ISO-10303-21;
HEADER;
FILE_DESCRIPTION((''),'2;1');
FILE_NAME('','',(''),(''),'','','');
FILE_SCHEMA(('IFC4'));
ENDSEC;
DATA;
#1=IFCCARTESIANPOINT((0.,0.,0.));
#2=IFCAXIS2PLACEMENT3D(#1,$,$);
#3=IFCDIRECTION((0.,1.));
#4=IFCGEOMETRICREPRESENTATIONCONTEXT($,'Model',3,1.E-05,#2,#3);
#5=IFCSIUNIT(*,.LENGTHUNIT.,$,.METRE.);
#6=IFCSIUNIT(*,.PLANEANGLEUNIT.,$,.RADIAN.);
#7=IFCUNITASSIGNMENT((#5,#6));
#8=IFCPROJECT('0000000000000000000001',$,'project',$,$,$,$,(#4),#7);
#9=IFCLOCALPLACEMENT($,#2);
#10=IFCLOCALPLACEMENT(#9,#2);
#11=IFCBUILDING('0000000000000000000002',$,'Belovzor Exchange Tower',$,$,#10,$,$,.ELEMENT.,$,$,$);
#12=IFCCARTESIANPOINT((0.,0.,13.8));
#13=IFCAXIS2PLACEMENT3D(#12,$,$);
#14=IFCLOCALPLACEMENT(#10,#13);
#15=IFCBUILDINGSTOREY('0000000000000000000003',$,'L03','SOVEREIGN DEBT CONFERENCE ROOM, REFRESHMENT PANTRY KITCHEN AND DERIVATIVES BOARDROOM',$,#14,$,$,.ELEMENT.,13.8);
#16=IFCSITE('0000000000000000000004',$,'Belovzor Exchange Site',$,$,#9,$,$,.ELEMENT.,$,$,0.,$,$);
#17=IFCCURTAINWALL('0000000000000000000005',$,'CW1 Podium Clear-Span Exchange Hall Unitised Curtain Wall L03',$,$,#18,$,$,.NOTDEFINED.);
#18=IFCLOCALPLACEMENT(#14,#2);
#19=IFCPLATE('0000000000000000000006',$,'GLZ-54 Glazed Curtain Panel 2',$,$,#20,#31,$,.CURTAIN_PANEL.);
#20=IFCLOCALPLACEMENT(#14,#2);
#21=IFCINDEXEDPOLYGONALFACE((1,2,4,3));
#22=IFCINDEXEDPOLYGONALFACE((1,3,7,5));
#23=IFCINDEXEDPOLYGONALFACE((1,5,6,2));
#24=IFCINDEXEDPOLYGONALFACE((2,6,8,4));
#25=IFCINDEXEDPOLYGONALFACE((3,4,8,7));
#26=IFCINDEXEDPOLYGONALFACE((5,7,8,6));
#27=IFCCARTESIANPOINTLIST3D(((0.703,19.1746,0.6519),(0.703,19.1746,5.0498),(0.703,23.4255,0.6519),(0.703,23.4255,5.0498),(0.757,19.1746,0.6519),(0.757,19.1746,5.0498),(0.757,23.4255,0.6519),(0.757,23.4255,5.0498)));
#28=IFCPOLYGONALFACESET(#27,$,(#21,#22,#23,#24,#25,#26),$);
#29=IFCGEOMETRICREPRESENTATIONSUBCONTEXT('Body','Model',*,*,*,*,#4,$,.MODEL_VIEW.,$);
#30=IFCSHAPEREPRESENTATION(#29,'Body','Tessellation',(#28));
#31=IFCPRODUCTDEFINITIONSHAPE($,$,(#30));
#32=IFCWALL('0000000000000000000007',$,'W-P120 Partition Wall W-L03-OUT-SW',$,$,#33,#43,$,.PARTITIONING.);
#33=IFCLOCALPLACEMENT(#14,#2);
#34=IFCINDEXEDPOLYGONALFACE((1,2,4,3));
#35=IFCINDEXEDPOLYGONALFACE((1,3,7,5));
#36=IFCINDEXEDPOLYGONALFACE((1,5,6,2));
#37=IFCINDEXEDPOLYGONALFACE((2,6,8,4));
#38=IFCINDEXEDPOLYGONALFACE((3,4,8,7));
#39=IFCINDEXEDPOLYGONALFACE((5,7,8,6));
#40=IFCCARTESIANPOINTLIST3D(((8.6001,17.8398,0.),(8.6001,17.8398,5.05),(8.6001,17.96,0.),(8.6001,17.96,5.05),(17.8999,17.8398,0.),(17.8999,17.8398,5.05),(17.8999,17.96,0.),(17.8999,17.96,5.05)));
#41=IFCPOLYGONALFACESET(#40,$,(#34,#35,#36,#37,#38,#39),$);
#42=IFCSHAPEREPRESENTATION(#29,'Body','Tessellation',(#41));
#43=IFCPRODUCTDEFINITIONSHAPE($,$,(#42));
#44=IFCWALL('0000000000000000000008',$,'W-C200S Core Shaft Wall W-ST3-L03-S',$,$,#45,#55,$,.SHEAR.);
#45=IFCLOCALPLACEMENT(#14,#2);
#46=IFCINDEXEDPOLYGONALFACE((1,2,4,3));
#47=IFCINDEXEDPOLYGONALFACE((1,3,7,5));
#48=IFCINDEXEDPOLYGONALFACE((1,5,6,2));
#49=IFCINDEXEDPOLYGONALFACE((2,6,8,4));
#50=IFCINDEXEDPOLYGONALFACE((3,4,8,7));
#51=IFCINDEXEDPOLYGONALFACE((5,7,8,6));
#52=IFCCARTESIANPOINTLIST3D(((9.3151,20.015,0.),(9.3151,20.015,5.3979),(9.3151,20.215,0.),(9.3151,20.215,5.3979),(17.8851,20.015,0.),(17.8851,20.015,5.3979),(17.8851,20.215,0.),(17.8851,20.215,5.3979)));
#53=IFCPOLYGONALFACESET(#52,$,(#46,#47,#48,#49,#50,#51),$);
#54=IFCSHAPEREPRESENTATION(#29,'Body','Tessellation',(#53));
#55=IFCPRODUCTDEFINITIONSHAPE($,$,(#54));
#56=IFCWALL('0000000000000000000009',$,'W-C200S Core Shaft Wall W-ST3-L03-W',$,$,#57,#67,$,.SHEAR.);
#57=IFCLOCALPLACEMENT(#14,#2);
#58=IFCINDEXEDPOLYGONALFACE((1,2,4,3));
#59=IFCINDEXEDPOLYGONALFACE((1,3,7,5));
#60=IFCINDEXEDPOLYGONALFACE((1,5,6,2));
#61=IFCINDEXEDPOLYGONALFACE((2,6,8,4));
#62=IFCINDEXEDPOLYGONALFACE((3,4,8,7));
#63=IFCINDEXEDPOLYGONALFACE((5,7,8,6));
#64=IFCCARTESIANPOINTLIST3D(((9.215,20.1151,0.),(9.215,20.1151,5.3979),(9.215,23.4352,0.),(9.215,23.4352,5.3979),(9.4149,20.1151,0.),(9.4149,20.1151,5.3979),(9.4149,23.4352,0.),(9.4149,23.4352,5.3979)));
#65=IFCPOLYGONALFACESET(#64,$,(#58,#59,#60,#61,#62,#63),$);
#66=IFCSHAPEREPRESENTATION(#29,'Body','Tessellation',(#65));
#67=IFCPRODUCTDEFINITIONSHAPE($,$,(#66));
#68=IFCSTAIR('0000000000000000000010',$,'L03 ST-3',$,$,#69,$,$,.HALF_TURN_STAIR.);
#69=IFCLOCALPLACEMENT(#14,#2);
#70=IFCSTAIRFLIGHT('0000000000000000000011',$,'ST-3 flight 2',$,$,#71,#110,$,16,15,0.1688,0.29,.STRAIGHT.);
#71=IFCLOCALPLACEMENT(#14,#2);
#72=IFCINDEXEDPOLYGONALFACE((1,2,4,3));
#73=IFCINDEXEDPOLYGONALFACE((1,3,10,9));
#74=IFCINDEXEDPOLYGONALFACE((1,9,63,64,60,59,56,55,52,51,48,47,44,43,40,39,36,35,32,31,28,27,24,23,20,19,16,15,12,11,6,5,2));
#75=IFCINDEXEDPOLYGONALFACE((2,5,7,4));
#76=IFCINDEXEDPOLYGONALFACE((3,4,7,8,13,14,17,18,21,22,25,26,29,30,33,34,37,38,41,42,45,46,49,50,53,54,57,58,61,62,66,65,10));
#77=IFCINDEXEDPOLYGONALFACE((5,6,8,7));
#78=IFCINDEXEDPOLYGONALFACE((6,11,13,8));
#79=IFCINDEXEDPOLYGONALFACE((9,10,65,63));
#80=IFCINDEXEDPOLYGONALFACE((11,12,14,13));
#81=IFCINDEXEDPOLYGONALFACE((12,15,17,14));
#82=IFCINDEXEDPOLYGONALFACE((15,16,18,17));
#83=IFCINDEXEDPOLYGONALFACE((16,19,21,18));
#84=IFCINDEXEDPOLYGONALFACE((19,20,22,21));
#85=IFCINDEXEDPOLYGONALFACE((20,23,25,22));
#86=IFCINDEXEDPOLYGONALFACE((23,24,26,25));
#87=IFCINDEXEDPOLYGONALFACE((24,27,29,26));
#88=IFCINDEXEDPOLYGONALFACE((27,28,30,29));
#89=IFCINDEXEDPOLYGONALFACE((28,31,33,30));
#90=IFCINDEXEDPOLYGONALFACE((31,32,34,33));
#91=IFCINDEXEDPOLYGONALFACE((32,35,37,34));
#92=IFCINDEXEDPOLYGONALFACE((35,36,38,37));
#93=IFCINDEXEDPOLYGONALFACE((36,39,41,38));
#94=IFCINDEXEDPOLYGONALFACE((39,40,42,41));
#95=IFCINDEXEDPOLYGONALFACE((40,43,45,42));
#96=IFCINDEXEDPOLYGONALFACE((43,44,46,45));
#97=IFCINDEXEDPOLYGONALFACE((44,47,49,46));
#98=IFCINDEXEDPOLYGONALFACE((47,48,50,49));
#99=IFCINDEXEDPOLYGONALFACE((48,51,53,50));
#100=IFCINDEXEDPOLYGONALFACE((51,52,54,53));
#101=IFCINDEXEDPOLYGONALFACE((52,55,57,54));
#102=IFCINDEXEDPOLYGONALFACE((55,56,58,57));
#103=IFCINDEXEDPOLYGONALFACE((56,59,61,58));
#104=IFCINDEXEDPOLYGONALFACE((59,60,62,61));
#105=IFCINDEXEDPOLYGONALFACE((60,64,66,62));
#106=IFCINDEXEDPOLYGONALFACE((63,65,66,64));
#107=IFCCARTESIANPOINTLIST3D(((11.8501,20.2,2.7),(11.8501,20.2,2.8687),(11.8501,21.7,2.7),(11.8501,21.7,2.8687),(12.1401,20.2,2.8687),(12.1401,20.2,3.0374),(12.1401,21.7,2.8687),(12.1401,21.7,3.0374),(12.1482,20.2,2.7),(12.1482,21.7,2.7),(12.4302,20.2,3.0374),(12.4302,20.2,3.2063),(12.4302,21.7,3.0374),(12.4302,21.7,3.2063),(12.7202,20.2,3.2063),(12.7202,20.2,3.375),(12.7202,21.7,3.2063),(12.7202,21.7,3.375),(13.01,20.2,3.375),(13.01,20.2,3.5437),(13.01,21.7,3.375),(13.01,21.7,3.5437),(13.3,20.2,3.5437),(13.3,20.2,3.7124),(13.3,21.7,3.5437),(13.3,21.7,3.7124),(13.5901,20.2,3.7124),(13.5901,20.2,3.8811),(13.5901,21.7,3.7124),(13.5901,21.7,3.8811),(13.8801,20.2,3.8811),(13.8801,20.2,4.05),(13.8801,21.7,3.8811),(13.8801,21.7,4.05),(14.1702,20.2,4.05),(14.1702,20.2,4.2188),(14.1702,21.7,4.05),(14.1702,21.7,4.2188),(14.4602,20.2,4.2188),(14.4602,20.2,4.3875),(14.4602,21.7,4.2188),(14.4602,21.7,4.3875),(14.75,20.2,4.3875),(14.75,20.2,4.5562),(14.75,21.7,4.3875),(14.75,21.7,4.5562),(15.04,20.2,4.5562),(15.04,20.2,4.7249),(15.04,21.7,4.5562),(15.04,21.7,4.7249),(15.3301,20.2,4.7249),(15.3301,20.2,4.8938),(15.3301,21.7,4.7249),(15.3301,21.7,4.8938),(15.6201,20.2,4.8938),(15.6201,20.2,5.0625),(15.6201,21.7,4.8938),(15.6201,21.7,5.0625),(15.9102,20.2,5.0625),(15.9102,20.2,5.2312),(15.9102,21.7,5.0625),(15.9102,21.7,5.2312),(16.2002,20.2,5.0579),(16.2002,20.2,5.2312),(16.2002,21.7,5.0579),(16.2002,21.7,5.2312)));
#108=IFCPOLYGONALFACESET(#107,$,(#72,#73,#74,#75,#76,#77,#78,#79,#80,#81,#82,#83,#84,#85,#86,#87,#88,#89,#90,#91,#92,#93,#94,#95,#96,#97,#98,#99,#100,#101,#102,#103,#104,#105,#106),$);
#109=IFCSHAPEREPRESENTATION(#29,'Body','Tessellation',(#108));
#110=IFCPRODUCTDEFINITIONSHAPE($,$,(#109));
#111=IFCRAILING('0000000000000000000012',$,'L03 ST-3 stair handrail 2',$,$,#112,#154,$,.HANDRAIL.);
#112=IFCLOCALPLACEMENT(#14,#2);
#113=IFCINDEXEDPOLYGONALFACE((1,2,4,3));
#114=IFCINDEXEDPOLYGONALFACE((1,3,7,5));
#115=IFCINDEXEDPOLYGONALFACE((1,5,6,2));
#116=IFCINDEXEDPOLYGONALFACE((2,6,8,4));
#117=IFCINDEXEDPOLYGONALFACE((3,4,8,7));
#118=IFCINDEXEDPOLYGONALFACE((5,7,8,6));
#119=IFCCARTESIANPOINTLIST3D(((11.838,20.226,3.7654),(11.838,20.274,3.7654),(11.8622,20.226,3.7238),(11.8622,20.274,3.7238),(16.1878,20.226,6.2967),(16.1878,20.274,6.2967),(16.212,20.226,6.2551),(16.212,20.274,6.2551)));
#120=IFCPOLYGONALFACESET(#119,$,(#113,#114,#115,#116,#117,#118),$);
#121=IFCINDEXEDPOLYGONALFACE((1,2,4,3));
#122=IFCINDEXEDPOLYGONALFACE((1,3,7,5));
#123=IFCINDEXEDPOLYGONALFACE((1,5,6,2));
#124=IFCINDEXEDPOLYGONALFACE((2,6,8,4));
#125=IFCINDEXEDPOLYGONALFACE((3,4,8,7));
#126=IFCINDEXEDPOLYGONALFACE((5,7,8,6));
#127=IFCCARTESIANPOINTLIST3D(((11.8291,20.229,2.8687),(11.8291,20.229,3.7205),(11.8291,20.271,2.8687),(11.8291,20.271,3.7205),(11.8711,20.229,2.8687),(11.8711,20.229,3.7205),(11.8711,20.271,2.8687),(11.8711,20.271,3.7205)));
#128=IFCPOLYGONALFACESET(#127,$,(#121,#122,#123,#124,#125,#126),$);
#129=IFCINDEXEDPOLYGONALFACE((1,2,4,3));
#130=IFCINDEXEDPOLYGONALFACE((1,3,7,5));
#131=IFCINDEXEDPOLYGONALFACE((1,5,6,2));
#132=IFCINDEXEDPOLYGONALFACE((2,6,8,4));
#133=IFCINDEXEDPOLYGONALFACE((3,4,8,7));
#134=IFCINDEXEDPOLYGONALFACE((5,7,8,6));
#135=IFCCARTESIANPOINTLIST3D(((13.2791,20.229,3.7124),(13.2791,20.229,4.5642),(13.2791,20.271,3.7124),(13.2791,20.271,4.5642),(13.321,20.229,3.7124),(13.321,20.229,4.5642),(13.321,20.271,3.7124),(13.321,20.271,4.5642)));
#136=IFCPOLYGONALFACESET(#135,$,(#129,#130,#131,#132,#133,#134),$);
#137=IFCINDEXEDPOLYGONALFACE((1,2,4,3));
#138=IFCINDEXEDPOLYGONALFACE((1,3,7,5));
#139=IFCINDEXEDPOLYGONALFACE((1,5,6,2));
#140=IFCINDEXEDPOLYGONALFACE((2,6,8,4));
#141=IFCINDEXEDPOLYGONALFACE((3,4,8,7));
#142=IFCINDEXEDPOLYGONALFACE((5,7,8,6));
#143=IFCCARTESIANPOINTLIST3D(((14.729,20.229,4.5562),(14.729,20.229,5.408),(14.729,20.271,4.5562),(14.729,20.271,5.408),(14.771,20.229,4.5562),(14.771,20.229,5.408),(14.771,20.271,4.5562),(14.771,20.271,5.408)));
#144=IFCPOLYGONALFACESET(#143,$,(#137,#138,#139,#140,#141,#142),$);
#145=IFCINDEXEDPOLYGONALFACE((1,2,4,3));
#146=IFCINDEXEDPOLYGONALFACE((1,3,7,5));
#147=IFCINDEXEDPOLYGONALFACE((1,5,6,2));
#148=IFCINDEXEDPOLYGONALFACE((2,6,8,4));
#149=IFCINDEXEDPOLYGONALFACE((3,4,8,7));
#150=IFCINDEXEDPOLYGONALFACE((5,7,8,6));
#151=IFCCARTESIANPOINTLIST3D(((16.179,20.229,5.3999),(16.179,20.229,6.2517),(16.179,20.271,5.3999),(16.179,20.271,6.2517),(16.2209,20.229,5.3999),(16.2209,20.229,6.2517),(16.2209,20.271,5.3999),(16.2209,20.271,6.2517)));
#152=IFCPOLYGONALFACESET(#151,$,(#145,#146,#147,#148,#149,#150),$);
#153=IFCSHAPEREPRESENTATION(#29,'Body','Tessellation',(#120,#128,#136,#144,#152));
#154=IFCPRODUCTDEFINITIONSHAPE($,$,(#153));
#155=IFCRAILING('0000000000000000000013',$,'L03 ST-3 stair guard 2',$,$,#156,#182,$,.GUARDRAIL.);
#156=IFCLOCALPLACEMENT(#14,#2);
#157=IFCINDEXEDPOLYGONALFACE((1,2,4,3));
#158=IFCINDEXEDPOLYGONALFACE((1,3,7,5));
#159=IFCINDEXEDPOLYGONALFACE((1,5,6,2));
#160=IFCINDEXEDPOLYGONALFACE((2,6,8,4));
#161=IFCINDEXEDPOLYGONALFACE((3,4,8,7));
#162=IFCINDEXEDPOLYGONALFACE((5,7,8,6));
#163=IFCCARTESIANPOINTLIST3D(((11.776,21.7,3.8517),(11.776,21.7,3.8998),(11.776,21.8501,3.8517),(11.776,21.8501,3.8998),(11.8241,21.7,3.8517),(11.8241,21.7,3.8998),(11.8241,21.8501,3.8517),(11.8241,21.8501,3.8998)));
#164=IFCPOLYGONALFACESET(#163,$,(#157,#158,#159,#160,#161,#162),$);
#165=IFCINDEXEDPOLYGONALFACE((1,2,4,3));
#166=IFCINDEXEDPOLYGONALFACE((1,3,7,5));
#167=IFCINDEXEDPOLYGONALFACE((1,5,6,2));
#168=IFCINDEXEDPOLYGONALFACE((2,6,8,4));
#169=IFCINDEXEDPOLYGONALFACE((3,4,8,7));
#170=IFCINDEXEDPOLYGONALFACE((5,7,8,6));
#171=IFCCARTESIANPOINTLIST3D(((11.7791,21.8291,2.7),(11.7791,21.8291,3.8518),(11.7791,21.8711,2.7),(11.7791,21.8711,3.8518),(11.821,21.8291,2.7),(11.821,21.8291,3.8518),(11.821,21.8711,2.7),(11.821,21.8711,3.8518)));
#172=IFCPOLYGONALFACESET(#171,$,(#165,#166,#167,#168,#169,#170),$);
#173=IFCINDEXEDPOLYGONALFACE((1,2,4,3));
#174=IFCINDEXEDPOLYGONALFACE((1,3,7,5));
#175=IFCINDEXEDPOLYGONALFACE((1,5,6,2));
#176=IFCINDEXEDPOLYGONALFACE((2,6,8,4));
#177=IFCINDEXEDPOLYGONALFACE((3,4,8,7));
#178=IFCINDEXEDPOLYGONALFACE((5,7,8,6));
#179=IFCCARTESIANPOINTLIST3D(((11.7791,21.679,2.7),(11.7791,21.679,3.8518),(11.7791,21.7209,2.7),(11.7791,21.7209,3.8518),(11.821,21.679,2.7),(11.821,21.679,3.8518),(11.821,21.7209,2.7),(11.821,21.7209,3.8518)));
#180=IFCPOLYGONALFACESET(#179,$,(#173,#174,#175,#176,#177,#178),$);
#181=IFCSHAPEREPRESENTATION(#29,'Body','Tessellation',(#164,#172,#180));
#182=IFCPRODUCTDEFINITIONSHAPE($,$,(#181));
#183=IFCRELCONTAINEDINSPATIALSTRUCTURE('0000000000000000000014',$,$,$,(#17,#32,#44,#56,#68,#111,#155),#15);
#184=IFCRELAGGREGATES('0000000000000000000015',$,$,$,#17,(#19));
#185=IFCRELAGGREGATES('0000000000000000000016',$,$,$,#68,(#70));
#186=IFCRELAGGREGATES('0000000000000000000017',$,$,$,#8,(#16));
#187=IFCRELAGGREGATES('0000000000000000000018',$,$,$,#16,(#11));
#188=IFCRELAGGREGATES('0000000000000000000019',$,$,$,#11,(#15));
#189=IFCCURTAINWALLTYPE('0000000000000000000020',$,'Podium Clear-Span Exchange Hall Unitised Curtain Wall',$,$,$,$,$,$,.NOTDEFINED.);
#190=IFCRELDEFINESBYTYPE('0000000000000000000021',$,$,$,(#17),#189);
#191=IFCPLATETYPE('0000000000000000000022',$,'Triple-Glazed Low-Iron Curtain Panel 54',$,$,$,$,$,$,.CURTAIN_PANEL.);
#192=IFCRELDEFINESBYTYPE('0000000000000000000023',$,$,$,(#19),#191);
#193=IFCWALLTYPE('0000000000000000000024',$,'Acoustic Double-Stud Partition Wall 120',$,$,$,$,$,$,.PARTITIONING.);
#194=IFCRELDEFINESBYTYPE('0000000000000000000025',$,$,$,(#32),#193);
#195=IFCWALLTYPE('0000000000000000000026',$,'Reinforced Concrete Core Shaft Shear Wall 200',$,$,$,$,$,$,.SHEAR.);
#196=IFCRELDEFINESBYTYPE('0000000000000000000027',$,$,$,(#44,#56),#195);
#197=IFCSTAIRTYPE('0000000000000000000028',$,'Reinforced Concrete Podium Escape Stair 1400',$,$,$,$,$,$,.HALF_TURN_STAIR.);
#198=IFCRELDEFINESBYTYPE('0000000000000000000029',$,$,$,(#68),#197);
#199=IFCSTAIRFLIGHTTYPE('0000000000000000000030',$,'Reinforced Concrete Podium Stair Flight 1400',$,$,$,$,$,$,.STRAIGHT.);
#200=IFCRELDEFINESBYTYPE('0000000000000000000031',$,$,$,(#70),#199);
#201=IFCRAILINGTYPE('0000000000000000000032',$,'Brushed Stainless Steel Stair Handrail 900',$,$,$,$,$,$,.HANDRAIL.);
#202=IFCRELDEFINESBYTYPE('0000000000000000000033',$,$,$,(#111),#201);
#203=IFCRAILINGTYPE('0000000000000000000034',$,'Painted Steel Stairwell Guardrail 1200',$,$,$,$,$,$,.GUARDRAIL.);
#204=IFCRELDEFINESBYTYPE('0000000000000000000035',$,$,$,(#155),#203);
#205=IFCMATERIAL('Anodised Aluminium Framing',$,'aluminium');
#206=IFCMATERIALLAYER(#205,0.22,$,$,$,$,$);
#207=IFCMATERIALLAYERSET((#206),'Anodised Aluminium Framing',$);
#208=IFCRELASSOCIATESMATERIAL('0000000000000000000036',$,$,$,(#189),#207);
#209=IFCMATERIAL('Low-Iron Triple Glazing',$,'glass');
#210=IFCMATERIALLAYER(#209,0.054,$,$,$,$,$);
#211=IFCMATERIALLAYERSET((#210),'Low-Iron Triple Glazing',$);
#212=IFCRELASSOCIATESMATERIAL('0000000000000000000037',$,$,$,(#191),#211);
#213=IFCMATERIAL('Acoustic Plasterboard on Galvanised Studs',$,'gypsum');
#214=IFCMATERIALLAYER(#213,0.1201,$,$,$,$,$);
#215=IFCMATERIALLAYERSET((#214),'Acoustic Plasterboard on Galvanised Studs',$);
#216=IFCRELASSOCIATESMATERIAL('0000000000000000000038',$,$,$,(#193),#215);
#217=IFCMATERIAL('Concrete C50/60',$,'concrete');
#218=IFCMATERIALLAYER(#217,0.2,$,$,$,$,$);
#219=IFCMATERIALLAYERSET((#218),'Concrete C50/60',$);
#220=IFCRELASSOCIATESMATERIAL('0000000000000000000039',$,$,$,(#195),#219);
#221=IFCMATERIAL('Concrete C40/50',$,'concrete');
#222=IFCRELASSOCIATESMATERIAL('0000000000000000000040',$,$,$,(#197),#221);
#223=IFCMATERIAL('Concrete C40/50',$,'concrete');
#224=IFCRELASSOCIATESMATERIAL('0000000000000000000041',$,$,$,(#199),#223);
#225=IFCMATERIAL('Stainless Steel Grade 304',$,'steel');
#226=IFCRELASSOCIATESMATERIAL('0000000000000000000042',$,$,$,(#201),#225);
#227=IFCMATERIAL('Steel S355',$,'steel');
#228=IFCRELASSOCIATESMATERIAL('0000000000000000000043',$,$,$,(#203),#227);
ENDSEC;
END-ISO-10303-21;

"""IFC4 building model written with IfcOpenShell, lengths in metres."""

from ifc_helpers import new_model, si_unit, direction, frame, frame_2d, origin, origin_2d, place, context, subcontext, project, spatial, polyline, rectangle, outline, extrude, material, layer, layer_set, type_object, element, aggregate, save


model = new_model("IFC4")

# Units and contexts
model_context = context("Model", 3, precision=1e-05, world=origin(), true_north=direction((0.0, 1.0)))
body_context = subcontext(model_context, "Body", "Model", "MODEL_VIEW")
ifc_project = project(units=[si_unit("LENGTHUNIT", "METRE"), si_unit("PLANEANGLEUNIT", "RADIAN")], contexts=[model_context])

# Site, building, storey
site_placement = place(None, origin())
site = spatial("IfcSite", under=ifc_project, at=site_placement, Name="Belovzor Exchange Site", CompositionType="ELEMENT", RefElevation=0.0)
building_placement = place(site_placement, origin())
building = spatial("IfcBuilding", under=site, at=building_placement, Name="Belovzor Exchange Tower", CompositionType="ELEMENT")
storey_placement = place(building_placement, frame((0.0, 0.0, 13.8)))
storey = spatial("IfcBuildingStorey", under=building, at=storey_placement, Name="L03", Description="SOVEREIGN DEBT CONFERENCE ROOM, REFRESHMENT PANTRY KITCHEN AND DERIVATIVES BOARDROOM", CompositionType="ELEMENT", Elevation=13.8)

# Curtain wall
ifc_material_1 = material(Name="Anodised Aluminium Framing", Category="aluminium")
ifc_layer_1 = layer(ifc_material_1, 0.22)
ifc_layer_set_1 = layer_set([ifc_layer_1], Name="Anodised Aluminium Framing")
curtain_wall_type = type_object("IfcCurtainWallType", Name="Podium Clear-Span Exchange Hall Unitised Curtain Wall", PredefinedType="NOTDEFINED", material=ifc_layer_set_1)
curtain_wall_placement = place(storey_placement, origin())
curtain_wall = element("IfcCurtainWall", 1, at=curtain_wall_placement, inside=storey, type_object=curtain_wall_type, Name="CW1 Podium Clear-Span Exchange Hall Unitised Curtain Wall L03", PredefinedType="NOTDEFINED")

# Plate
ifc_material_2 = material(Name="Low-Iron Triple Glazing", Category="glass")
ifc_layer_2 = layer(ifc_material_2, 0.054)
ifc_layer_set_2 = layer_set([ifc_layer_2], Name="Low-Iron Triple Glazing")
plate_type_1 = type_object("IfcPlateType", Name="Triple-Glazed Low-Iron Curtain Panel 54", PredefinedType="CURTAIN_PANEL", material=ifc_layer_set_2)
plate_1_placement = place(storey_placement, frame((0.73, 21.3, 0.6519), z_axis=(0.0, 0.0, 1.0), x_axis=(0.0, 1.0, 0.0)))
plate_1 = element("IfcPlate", 2, at=plate_1_placement, type_object=plate_type_1, Name="GLZ-54 Glazed Curtain Panel 2", PredefinedType="CURTAIN_PANEL", context=body_context, shape_type="SweptSolid", body=[
    extrude(rectangle(XDim=4.251, YDim=0.054, at=origin_2d()), origin(), (0.0, 0.0, 1.0), 4.3979),
])
aggregate(curtain_wall, [plate_1])

# Walls
ifc_material_3 = material(Name="Acoustic Plasterboard on Galvanised Studs", Category="gypsum")
ifc_layer_3 = layer(ifc_material_3, 0.1201)
ifc_layer_set_3 = layer_set([ifc_layer_3], Name="Acoustic Plasterboard on Galvanised Studs")
wall_type_1 = type_object("IfcWallType", Name="Acoustic Double-Stud Partition Wall 120", PredefinedType="PARTITIONING", material=ifc_layer_set_3)
wall_1_placement = place(storey_placement, frame((8.6001, 17.8999, 0.0), z_axis=(0.0, 0.0, 1.0), x_axis=(1.0, 0.0, 0.0)))
element("IfcWall", 3, at=wall_1_placement, inside=storey, type_object=wall_type_1, Name="W-P120 Partition Wall W-L03-OUT-SW", PredefinedType="PARTITIONING", context=body_context, shape_type="SweptSolid", body=[
    extrude(rectangle(XDim=9.2998, YDim=0.1201, at=frame_2d((4.6499, 0.0))), origin(), (0.0, 0.0, 1.0), 5.05),
])
ifc_material_4 = material(Name="Concrete C50/60", Category="concrete")
ifc_layer_4 = layer(ifc_material_4, 0.2)
ifc_layer_set_4 = layer_set([ifc_layer_4], Name="Concrete C50/60")
wall_type_2 = type_object("IfcWallType", Name="Reinforced Concrete Core Shaft Shear Wall 200", PredefinedType="SHEAR", material=ifc_layer_set_4)
wall_2_placement = place(storey_placement, frame((9.3149, 20.115, 0.0), z_axis=(0.0, 0.0, 1.0), x_axis=(1.0, 0.0, 0.0)))
element("IfcWall", 4, at=wall_2_placement, inside=storey, type_object=wall_type_2, Name="W-C200S Core Shaft Wall W-ST3-L03-S", PredefinedType="SHEAR", context=body_context, shape_type="SweptSolid", body=[
    extrude(rectangle(XDim=8.5701, YDim=0.2, at=frame_2d((4.2852, 0.0))), origin(), (0.0, 0.0, 1.0), 5.3979),
])
wall_3_placement = place(storey_placement, frame((9.3149, 20.115, 0.0), z_axis=(0.0, 0.0, 1.0), x_axis=(0.0, 1.0, 0.0)))
element("IfcWall", 5, at=wall_3_placement, inside=storey, type_object=wall_type_2, Name="W-C200S Core Shaft Wall W-ST3-L03-W", PredefinedType="SHEAR", context=body_context, shape_type="SweptSolid", body=[
    extrude(rectangle(XDim=3.3201, YDim=0.2, at=frame_2d((1.6602, 0.0))), origin(), (0.0, 0.0, 1.0), 5.3979),
])

# Stair, stair flight
ifc_material_5 = material(Name="Concrete C40/50", Category="concrete")
stair_type = type_object("IfcStairType", Name="Reinforced Concrete Podium Escape Stair 1400", PredefinedType="HALF_TURN_STAIR", material=ifc_material_5)
stair_placement = place(storey_placement, origin())
stair = element("IfcStair", 6, at=stair_placement, inside=storey, type_object=stair_type, Name="L03 ST-3", PredefinedType="HALF_TURN_STAIR")
ifc_material_6 = material(Name="Concrete C40/50", Category="concrete")
stair_flight_type = type_object("IfcStairFlightType", Name="Reinforced Concrete Podium Stair Flight 1400", PredefinedType="STRAIGHT", material=ifc_material_6)
stair_flight_placement = place(storey_placement, frame((11.8501, 20.95, 2.7), z_axis=(0.0, 0.0, 1.0), x_axis=(1.0, 0.0, 0.0)))
stair_flight = element("IfcStairFlight", 7, at=stair_flight_placement, type_object=stair_flight_type, Name="ST-3 flight 2", NumberOfRisers=16, NumberOfTreads=15, PredefinedType="STRAIGHT", RiserHeight=0.1688, TreadLength=0.29, context=body_context, shape_type="SweptSolid", body=[
    extrude(outline(polyline([(0.0, 0.0), (0.0, 0.1687), (0.29, 0.1687), (0.29, 0.3374), (0.5801, 0.3374), (0.5801, 0.5063), (0.8701, 0.5063), (0.8701, 0.675), (1.1599, 0.675), (1.1599, 0.8438), (1.45, 0.8438), (1.45, 1.0125), (1.74, 1.0125), (1.74, 1.1812), (2.03, 1.1812), (2.03, 1.3501), (2.3201, 1.3501), (2.3201, 1.5188), (2.6101, 1.5188), (2.6101, 1.6875), (2.8999, 1.6875), (2.8999, 1.8562), (3.1899, 1.8562), (3.1899, 2.0249), (3.48, 2.0249), (3.48, 2.1938), (3.77, 2.1938), (3.77, 2.3625), (4.0601, 2.3625), (4.0601, 2.5312), (4.3501, 2.5312), (4.3501, 2.7), (4.3501, 2.3579), (0.2981, 0.0), (0.0, 0.0)])), frame((0.0, 0.75, 0.0), z_axis=(0.0, -1.0, 0.0), x_axis=(1.0, 0.0, 0.0)), (0.0, 0.0, 1.0), 1.5),
])
aggregate(stair, [stair_flight])

# Railings
ifc_material_7 = material(Name="Stainless Steel Grade 304", Category="steel")
railing_type_1 = type_object("IfcRailingType", Name="Brushed Stainless Steel Stair Handrail 900", PredefinedType="HANDRAIL", material=ifc_material_7)
railing_1_placement = place(storey_placement, frame((11.8501, 20.25, 2.8687)))
element("IfcRailing", 8, at=railing_1_placement, inside=storey, type_object=railing_type_1, Name="L03 ST-3 stair handrail 2", PredefinedType="HANDRAIL", context=body_context, shape_type="SweptSolid", body=[
    extrude(rectangle(XDim=0.0481, YDim=0.0481, at=origin_2d()), frame((0.0, 0.0, 0.876), z_axis=(0.864312, 0.0, 0.502957), x_axis=(0.0, 1.0, 0.0)), (0.0, 0.0, 1.0), 5.0327),
    extrude(rectangle(XDim=0.042, YDim=0.042, at=origin_2d()), origin(), (0.0, 0.0, 1.0), 0.8518),
    extrude(rectangle(XDim=0.042, YDim=0.042, at=origin_2d()), frame((1.45, 0.0, 0.8438)), (0.0, 0.0, 1.0), 0.8518),
    extrude(rectangle(XDim=0.042, YDim=0.042, at=origin_2d()), frame((2.8999, 0.0, 1.6875)), (0.0, 0.0, 1.0), 0.8518),
    extrude(rectangle(XDim=0.042, YDim=0.042, at=origin_2d()), frame((4.3499, 0.0, 2.5312)), (0.0, 0.0, 1.0), 0.8518),
])
ifc_material_8 = material(Name="Steel S355", Category="steel")
railing_type_2 = type_object("IfcRailingType", Name="Painted Steel Stairwell Guardrail 1200", PredefinedType="GUARDRAIL", material=ifc_material_8)
railing_2_placement = place(storey_placement, frame((11.8, 21.8501, 2.7)))
element("IfcRailing", 9, at=railing_2_placement, inside=storey, type_object=railing_type_2, Name="L03 ST-3 stair guard 2", PredefinedType="GUARDRAIL", context=body_context, shape_type="SweptSolid", body=[
    extrude(rectangle(XDim=0.0481, YDim=0.0481, at=origin_2d()), frame((0.0, 0.0, 1.1758), z_axis=(0.0, -1.0, 0.0), x_axis=(1.0, 0.0, 0.0)), (0.0, 0.0, 1.0), 0.1501),
    extrude(rectangle(XDim=0.042, YDim=0.042, at=origin_2d()), origin(), (0.0, 0.0, 1.0), 1.1519),
    extrude(rectangle(XDim=0.042, YDim=0.042, at=origin_2d()), frame((0.0, -0.1501, 0.0)), (0.0, 0.0, 1.0), 1.1519),
])

save(model, "model.ifc")
